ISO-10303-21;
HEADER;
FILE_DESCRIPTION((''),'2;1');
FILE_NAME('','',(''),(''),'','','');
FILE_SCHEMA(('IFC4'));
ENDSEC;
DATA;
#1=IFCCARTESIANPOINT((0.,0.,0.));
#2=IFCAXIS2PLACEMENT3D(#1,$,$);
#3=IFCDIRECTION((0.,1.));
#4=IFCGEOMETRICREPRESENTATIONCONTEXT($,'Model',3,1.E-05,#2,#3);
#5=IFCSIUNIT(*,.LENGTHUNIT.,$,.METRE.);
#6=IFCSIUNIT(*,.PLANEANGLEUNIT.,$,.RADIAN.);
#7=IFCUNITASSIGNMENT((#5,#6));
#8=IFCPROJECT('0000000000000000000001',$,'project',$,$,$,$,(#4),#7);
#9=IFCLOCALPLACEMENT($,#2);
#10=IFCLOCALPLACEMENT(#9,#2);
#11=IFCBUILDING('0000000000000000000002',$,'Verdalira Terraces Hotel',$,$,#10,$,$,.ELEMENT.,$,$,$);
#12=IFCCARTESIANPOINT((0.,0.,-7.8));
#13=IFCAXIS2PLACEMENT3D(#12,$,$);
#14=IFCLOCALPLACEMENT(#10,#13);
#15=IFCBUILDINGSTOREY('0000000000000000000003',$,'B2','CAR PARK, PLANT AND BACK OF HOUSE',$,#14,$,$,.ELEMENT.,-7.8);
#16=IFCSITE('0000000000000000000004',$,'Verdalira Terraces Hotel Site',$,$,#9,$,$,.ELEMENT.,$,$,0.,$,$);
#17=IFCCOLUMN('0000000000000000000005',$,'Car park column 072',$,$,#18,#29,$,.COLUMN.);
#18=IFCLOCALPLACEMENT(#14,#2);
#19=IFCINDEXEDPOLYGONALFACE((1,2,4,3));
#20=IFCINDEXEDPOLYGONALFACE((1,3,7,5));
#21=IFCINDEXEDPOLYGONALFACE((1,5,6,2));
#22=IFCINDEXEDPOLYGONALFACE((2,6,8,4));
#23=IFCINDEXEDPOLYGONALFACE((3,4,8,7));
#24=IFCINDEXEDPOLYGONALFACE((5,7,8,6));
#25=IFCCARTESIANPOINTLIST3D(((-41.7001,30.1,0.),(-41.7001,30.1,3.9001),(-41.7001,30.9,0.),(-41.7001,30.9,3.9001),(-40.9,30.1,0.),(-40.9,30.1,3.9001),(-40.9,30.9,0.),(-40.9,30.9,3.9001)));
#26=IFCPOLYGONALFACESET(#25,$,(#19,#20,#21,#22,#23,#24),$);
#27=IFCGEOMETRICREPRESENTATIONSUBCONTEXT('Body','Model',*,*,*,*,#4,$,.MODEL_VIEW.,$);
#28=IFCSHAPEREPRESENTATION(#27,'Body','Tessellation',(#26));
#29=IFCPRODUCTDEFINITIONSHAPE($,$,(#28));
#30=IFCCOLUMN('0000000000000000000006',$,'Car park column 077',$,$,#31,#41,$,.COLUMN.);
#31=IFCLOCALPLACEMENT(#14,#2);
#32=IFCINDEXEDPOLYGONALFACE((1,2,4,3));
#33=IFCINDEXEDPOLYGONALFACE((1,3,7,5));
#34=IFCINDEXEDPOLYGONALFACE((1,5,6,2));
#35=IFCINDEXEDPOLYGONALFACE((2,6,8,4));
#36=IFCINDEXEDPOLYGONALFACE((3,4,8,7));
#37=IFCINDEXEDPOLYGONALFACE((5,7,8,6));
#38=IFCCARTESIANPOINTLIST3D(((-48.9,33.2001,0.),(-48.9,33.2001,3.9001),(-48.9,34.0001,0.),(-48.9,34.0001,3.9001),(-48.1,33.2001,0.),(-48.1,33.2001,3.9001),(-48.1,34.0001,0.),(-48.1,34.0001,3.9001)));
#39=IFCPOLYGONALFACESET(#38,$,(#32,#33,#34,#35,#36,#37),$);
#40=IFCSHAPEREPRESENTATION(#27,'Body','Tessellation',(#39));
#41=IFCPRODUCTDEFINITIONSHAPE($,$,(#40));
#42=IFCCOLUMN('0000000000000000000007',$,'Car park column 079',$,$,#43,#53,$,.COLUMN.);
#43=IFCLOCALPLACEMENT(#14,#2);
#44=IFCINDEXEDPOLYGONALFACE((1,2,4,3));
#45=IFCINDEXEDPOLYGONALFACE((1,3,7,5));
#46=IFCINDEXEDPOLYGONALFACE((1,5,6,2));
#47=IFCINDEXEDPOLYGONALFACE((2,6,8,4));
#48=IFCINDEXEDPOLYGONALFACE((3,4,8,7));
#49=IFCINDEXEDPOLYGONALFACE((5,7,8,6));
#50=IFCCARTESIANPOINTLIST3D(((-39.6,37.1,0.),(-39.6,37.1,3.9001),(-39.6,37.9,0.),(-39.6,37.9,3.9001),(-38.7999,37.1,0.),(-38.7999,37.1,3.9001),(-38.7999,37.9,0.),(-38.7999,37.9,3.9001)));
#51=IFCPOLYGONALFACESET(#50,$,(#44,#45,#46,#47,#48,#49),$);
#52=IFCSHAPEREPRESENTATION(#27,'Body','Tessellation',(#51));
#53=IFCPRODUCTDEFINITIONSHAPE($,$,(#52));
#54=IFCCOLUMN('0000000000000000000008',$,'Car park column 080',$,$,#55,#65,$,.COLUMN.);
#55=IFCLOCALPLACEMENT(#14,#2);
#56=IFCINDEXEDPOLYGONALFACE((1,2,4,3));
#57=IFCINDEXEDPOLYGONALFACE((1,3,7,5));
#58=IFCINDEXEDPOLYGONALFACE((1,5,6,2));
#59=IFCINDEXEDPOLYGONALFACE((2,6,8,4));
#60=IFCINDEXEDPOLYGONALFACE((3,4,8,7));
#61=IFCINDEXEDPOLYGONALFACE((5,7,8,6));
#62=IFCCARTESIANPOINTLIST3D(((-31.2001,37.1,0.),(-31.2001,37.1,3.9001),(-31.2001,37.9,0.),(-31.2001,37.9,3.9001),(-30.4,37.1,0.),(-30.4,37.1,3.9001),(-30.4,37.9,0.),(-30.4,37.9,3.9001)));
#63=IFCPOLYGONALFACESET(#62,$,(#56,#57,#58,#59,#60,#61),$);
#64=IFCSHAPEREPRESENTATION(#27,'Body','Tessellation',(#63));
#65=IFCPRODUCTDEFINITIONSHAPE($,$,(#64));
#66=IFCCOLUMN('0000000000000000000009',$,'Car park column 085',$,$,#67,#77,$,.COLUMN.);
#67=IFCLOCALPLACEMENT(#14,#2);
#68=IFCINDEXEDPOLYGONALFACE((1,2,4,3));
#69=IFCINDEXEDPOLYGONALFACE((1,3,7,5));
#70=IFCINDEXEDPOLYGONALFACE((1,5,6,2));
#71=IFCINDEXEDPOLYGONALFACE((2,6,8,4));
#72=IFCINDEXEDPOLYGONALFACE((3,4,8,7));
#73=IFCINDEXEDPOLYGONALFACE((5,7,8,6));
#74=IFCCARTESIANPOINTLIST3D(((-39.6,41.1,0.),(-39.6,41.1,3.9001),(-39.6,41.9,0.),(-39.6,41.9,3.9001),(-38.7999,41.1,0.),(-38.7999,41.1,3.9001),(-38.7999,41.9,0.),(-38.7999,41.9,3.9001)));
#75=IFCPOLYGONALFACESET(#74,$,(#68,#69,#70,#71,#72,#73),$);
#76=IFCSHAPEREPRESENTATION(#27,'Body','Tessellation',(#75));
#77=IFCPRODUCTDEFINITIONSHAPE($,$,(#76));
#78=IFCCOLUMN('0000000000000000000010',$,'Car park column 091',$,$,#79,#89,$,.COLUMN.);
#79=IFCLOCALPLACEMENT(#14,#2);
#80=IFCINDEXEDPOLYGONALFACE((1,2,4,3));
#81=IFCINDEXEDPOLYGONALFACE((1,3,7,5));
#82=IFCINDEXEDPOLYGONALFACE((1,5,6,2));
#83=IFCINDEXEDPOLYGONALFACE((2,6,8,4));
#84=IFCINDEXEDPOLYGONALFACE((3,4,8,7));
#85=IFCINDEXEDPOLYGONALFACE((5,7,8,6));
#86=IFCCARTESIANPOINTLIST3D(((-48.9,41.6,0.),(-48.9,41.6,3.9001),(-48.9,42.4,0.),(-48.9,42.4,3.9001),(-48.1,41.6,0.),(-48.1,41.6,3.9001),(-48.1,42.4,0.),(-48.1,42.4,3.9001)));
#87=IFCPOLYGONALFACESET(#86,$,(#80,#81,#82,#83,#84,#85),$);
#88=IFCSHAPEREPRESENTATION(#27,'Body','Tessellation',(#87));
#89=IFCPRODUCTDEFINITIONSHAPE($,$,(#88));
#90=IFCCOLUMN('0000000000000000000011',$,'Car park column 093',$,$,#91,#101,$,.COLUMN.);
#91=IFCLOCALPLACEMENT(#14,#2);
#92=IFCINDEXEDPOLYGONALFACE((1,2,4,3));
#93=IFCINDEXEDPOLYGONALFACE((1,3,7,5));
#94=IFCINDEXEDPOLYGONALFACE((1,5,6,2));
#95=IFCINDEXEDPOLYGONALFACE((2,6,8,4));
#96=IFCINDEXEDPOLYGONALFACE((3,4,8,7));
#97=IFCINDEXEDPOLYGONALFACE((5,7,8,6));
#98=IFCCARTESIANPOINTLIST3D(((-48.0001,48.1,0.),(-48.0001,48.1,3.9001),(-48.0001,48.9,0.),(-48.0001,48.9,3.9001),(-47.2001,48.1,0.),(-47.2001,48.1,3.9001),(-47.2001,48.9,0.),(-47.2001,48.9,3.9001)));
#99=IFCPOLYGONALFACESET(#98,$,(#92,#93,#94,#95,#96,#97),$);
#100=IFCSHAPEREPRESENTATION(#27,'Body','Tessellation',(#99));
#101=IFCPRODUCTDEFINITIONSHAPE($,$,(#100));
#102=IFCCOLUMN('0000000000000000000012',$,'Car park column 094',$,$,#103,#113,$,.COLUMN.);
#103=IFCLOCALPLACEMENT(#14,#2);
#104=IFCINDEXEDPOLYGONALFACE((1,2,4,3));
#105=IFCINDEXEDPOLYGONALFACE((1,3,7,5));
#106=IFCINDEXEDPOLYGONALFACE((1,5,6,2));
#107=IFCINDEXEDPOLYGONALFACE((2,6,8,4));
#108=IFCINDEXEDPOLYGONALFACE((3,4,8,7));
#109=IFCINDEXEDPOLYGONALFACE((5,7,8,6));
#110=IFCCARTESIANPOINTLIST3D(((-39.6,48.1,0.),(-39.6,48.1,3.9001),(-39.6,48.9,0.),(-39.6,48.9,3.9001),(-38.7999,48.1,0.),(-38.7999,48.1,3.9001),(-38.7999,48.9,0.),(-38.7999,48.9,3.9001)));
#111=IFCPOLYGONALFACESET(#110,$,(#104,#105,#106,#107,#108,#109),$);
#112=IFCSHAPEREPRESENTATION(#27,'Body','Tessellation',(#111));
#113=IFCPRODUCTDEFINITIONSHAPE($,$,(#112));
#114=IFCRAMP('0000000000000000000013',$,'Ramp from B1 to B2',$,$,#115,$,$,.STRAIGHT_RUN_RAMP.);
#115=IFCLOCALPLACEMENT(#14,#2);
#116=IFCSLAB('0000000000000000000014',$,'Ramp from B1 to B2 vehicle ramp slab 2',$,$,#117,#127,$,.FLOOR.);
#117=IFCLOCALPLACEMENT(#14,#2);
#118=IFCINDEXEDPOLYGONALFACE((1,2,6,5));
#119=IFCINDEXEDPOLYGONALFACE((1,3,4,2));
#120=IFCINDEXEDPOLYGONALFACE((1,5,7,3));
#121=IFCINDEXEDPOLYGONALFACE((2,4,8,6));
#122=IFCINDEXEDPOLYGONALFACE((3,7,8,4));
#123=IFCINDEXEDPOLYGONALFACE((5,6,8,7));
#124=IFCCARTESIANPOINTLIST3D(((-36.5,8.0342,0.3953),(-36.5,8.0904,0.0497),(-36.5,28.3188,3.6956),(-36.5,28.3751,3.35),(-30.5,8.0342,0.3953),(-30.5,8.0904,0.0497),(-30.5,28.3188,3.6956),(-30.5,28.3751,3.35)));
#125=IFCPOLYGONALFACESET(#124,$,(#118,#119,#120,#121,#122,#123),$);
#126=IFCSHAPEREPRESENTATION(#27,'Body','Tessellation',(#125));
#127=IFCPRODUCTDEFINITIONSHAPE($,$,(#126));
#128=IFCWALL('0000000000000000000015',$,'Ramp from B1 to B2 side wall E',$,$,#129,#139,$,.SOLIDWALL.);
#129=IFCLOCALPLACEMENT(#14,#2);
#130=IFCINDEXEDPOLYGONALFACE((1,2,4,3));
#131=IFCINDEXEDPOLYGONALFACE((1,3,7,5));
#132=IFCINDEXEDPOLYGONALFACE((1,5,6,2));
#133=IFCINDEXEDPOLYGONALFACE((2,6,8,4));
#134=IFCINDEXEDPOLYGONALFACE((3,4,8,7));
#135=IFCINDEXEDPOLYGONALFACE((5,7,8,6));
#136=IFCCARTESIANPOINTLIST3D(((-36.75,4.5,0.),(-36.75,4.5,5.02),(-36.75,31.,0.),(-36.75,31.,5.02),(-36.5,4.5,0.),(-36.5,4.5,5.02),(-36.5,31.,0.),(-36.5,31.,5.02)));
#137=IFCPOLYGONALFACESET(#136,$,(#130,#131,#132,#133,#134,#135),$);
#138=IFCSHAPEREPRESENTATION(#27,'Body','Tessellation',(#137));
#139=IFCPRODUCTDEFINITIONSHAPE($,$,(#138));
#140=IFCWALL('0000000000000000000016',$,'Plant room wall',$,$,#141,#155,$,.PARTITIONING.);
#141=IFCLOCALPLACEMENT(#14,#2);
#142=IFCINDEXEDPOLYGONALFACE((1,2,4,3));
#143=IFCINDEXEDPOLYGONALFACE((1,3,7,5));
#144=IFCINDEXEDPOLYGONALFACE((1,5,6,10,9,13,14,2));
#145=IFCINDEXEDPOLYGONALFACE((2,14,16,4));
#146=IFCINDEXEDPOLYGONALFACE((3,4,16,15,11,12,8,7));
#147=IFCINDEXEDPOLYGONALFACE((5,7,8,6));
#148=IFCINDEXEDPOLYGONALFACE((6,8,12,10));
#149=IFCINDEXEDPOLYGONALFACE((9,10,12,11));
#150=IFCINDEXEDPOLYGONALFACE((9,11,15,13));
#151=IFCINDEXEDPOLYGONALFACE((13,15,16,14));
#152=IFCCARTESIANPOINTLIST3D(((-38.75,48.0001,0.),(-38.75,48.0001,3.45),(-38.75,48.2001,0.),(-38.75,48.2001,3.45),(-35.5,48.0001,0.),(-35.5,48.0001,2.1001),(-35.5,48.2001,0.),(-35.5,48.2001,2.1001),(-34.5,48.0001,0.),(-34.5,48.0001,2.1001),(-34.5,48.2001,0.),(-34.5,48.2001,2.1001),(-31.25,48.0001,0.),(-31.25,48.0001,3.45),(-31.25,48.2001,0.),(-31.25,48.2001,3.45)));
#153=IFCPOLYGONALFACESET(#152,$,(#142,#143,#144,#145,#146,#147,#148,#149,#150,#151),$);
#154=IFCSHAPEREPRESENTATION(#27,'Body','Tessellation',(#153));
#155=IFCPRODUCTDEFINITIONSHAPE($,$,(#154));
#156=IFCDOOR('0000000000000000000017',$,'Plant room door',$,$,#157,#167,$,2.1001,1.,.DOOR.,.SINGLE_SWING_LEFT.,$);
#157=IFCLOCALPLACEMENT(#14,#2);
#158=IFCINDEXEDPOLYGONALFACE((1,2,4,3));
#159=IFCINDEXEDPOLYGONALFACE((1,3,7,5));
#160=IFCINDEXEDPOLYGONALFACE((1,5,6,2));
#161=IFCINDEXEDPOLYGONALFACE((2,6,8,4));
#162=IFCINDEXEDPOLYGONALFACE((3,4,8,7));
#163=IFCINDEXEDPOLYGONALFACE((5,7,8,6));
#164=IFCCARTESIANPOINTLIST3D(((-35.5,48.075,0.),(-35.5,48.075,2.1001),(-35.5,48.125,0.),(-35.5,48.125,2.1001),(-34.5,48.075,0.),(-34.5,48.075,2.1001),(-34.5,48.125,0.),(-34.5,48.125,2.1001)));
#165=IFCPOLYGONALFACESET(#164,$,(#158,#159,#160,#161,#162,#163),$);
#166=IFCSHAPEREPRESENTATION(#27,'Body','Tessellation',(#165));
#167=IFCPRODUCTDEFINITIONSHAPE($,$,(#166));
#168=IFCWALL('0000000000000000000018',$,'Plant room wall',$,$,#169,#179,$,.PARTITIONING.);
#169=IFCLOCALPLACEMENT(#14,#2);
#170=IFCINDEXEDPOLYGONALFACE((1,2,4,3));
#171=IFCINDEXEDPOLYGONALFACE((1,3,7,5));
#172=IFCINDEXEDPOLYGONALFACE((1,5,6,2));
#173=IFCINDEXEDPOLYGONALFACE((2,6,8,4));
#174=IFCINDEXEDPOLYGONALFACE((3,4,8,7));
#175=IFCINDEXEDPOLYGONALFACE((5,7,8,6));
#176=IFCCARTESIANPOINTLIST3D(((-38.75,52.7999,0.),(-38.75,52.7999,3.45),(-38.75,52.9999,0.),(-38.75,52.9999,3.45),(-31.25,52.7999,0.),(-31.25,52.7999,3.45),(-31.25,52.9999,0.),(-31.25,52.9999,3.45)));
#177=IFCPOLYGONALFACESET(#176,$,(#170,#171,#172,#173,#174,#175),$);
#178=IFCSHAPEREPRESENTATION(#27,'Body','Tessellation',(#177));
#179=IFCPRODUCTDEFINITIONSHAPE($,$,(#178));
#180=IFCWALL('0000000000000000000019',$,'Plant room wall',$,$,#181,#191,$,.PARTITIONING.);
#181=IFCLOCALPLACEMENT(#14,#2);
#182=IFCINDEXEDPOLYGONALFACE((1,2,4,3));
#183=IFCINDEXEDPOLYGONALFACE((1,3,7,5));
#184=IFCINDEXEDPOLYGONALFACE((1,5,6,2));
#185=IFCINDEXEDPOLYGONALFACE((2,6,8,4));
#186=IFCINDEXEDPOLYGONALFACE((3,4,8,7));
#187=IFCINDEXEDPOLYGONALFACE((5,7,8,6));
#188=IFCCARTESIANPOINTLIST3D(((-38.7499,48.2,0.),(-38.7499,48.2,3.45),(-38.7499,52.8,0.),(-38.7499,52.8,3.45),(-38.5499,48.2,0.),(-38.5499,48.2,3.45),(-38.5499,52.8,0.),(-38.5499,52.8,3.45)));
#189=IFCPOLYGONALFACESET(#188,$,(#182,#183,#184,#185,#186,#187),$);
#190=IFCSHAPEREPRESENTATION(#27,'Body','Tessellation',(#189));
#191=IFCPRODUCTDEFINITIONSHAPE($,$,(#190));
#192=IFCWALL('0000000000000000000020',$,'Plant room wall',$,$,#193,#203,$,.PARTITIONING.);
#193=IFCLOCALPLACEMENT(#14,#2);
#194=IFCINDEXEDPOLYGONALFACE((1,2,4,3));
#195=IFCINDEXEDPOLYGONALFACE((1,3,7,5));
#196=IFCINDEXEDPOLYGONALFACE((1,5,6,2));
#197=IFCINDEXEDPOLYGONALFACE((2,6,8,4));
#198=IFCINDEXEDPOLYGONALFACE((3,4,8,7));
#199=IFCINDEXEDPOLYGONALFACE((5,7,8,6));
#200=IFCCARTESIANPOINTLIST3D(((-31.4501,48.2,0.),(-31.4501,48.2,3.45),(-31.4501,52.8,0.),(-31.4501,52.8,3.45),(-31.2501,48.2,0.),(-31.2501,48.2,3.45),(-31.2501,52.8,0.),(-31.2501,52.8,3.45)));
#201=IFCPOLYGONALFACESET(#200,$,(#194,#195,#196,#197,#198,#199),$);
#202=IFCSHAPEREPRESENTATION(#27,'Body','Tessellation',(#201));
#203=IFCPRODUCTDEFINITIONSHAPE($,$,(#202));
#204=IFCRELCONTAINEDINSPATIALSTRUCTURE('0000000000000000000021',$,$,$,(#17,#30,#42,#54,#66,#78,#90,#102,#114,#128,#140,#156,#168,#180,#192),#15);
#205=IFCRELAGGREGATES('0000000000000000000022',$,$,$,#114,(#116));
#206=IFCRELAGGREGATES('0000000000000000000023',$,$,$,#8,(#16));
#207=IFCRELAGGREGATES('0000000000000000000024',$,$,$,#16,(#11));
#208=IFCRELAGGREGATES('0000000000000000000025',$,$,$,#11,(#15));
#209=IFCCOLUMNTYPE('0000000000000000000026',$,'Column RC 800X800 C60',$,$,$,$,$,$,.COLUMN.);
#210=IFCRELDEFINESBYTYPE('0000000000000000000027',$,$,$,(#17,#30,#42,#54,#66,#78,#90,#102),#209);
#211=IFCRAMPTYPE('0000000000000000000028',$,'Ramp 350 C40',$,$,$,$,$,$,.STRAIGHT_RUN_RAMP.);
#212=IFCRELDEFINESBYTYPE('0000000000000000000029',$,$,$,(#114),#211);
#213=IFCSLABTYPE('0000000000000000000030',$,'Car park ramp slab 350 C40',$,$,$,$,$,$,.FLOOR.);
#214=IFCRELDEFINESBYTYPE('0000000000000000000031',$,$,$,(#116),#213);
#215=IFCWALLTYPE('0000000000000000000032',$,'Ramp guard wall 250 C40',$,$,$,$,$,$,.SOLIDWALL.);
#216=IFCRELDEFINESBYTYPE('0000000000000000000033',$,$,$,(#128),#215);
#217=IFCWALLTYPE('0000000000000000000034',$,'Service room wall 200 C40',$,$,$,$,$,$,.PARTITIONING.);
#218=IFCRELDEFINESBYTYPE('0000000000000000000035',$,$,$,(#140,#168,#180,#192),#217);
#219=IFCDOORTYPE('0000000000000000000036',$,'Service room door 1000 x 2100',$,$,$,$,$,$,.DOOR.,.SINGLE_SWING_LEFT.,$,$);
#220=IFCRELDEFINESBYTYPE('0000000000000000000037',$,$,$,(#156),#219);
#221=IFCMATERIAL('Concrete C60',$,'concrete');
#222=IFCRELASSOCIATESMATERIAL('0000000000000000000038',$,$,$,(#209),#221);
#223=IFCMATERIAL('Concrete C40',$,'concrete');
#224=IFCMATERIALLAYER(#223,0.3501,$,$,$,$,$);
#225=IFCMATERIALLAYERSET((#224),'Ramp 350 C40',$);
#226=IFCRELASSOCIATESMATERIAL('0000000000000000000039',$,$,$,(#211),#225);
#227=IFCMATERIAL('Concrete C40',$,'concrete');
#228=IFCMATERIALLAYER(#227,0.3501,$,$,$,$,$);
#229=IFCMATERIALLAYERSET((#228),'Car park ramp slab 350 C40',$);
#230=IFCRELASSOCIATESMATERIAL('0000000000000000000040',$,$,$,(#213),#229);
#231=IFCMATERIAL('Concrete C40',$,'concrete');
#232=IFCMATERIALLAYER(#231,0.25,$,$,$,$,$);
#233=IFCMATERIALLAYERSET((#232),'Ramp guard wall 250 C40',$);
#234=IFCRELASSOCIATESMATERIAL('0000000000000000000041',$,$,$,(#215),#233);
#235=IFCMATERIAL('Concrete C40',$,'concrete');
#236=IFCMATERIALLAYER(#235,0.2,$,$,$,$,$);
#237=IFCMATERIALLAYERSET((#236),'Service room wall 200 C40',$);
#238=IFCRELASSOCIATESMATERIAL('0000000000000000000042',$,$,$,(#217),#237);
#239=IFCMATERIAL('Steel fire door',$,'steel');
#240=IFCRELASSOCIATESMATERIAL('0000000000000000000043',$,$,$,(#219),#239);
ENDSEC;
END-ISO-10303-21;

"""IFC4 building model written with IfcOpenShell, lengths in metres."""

from ifc_helpers import new_model, si_unit, direction, frame, frame_2d, origin, origin_2d, place, context, subcontext, project, spatial, polyline, rectangle, outline, extrude, material, layer, layer_set, material_profile, profile_set, type_object, element, fill, aggregate, save


model = new_model("IFC4")

# Units and contexts
model_context = context("Model", 3, precision=1e-05, world=origin(), true_north=direction((0.0, 1.0)))
body_context = subcontext(model_context, "Body", "Model", "MODEL_VIEW")
ifc_project = project(units=[si_unit("LENGTHUNIT", "METRE"), si_unit("PLANEANGLEUNIT", "RADIAN")], contexts=[model_context])

# Site, building, storey
site_placement = place(None, origin())
site = spatial("IfcSite", under=ifc_project, at=site_placement, Name="Verdalira Terraces Hotel Site", CompositionType="ELEMENT", RefElevation=0.0)
building_placement = place(site_placement, origin())
building = spatial("IfcBuilding", under=site, at=building_placement, Name="Verdalira Terraces Hotel", CompositionType="ELEMENT")
storey_placement = place(building_placement, frame((0.0, 0.0, -7.8)))
storey = spatial("IfcBuildingStorey", under=building, at=storey_placement, Name="B2", Description="CAR PARK, PLANT AND BACK OF HOUSE", CompositionType="ELEMENT", Elevation=-7.8)

# Columns
ifc_material_1 = material(Name="Concrete C60", Category="concrete")
ifc_material_profile = material_profile(ifc_material_1, rectangle(XDim=0.8, YDim=0.8, at=origin_2d()), Name="RC 800X800")
ifc_profile_set = profile_set([ifc_material_profile], Name="Concrete C60")
column_type = type_object("IfcColumnType", Name="Column RC 800X800 C60", PredefinedType="COLUMN", material=ifc_profile_set)
for number, where, z_axis, x_axis, name in (
    (1, (-41.3, 30.5, 0.0), (0.0, 0.0, 1.0), (1.0, 0.0, 0.0), "Car park column 072"),
    (2, (-48.5, 33.6001, 0.0), (0.0, 0.0, 1.0), (1.0, 0.0, 0.0), "Car park column 077"),
    (3, (-39.2, 37.5, 0.0), (0.0, 0.0, 1.0), (1.0, 0.0, 0.0), "Car park column 079"),
    (4, (-30.8, 37.5, 0.0), (0.0, 0.0, 1.0), (1.0, 0.0, 0.0), "Car park column 080"),
    (5, (-39.2, 41.5, 0.0), (0.0, 0.0, 1.0), (1.0, 0.0, 0.0), "Car park column 085"),
    (6, (-48.5, 42.0, 0.0), (0.0, 0.0, 1.0), (1.0, 0.0, 0.0), "Car park column 091"),
    (7, (-47.6001, 48.5, 0.0), (0.0, 0.0, 1.0), (1.0, 0.0, 0.0), "Car park column 093"),
    (8, (-39.2, 48.5, 0.0), (0.0, 0.0, 1.0), (1.0, 0.0, 0.0), "Car park column 094"),
):
    element("IfcColumn", number, at=place(storey_placement, frame(where, z_axis=z_axis, x_axis=x_axis)), inside=storey, type_object=column_type, Name=name, PredefinedType="COLUMN", context=body_context, shape_type="SweptSolid", body=[
        extrude(rectangle(XDim=0.8, YDim=0.8, at=origin_2d()), origin(), (0.0, 0.0, 1.0), 3.9001),
    ])

# Ramp, slab
ifc_material_2 = material(Name="Concrete C40", Category="concrete")
ifc_layer_1 = layer(ifc_material_2, 0.3501)
ifc_layer_set_1 = layer_set([ifc_layer_1], Name="Ramp 350 C40")
ramp_type = type_object("IfcRampType", Name="Ramp 350 C40", PredefinedType="STRAIGHT_RUN_RAMP", material=ifc_layer_set_1)
ramp_placement = place(storey_placement, origin())
ramp = element("IfcRamp", 9, at=ramp_placement, inside=storey, type_object=ramp_type, Name="Ramp from B1 to B2", PredefinedType="STRAIGHT_RUN_RAMP")
ifc_material_3 = material(Name="Concrete C40", Category="concrete")
ifc_layer_2 = layer(ifc_material_3, 0.3501)
ifc_layer_set_2 = layer_set([ifc_layer_2], Name="Car park ramp slab 350 C40")
slab_type = type_object("IfcSlabType", Name="Car park ramp slab 350 C40", PredefinedType="FLOOR", material=ifc_layer_set_2)
slab_placement = place(storey_placement, frame((-36.5, 28.3188, 3.6956), z_axis=(0.0, -0.160587, 0.987022), x_axis=(1.0, 0.0, 0.0)))
slab = element("IfcSlab", 10, at=slab_placement, type_object=slab_type, Name="Ramp from B1 to B2 vehicle ramp slab 2", PredefinedType="FLOOR", context=body_context, shape_type="SweptSolid", body=[
    extrude(outline(polyline([(0.0, 0.0), (6.0, 0.0), (6.0, -20.5514), (0.0, -20.5514), (0.0, 0.0)])), origin(), (0.0, 0.0, -1.0), 0.3501),
])
aggregate(ramp, [slab])

# Wall
ifc_material_4 = material(Name="Concrete C40", Category="concrete")
ifc_layer_3 = layer(ifc_material_4, 0.25)
ifc_layer_set_3 = layer_set([ifc_layer_3], Name="Ramp guard wall 250 C40")
wall_type_1 = type_object("IfcWallType", Name="Ramp guard wall 250 C40", PredefinedType="SOLIDWALL", material=ifc_layer_set_3)
wall_1_placement = place(storey_placement, frame((-36.625, 31.0, 0.0), z_axis=(0.0, 0.0, 1.0), x_axis=(0.0, -1.0, 0.0)))
element("IfcWall", 11, at=wall_1_placement, inside=storey, type_object=wall_type_1, Name="Ramp from B1 to B2 side wall E", PredefinedType="SOLIDWALL", context=body_context, shape_type="SweptSolid", body=[
    extrude(rectangle(XDim=26.5, YDim=0.25, at=frame_2d((13.25, 0.0))), origin(), (0.0, 0.0, 1.0), 5.02),
])

# Wall, opening, door
ifc_material_5 = material(Name="Concrete C40", Category="concrete")
ifc_layer_4 = layer(ifc_material_5, 0.2)
ifc_layer_set_4 = layer_set([ifc_layer_4], Name="Service room wall 200 C40")
wall_type_2 = type_object("IfcWallType", Name="Service room wall 200 C40", PredefinedType="PARTITIONING", material=ifc_layer_set_4)
wall_2_placement = place(storey_placement, frame((-38.75, 48.1001, 0.0), z_axis=(0.0, 0.0, 1.0), x_axis=(1.0, 0.0, 0.0)))
wall_2 = element("IfcWall", 12, at=wall_2_placement, inside=storey, type_object=wall_type_2, Name="Plant room wall", PredefinedType="PARTITIONING", context=body_context, shape_type="SweptSolid", body=[
    extrude(rectangle(XDim=7.5, YDim=0.2, at=frame_2d((3.75, 0.0))), origin(), (0.0, 0.0, 1.0), 3.45),
])
opening_placement = place(wall_2_placement, frame((3.25, 0.0, 0.0)))
opening = element("IfcOpeningElement", 13, at=opening_placement, cuts=wall_2, PredefinedType="OPENING", context=body_context, shape_type="SweptSolid", body=[
    extrude(rectangle(XDim=1.0, YDim=2.1001, at=frame_2d((0.5, 1.05))), frame((0.0, 0.1099, 0.0), z_axis=(0.0, -1.0, 0.0), x_axis=(1.0, 0.0, 0.0)), (0.0, 0.0, 1.0), 0.22),
])
ifc_material_6 = material(Name="Steel fire door", Category="steel")
door_type = type_object("IfcDoorType", Name="Service room door 1000 x 2100", OperationType="SINGLE_SWING_LEFT", PredefinedType="DOOR", material=ifc_material_6)
door_placement = place(opening_placement, origin())
door = element("IfcDoor", 14, at=door_placement, inside=storey, type_object=door_type, Name="Plant room door", OperationType="SINGLE_SWING_LEFT", OverallHeight=2.1001, OverallWidth=1.0, PredefinedType="DOOR", context=body_context, shape_type="SweptSolid", body=[
    extrude(rectangle(XDim=1.0, YDim=2.1001, at=frame_2d((0.5, 1.05))), frame((0.0, 0.0249, 0.0), z_axis=(0.0, -1.0, 0.0), x_axis=(1.0, 0.0, 0.0)), (0.0, 0.0, 1.0), 0.05),
])
fill(opening, door)

# Walls
wall_3_placement = place(storey_placement, frame((-38.75, 52.8999, 0.0), z_axis=(0.0, 0.0, 1.0), x_axis=(1.0, 0.0, 0.0)))
element("IfcWall", 15, at=wall_3_placement, inside=storey, type_object=wall_type_2, Name="Plant room wall", PredefinedType="PARTITIONING", context=body_context, shape_type="SweptSolid", body=[
    extrude(rectangle(XDim=7.5, YDim=0.2, at=frame_2d((3.75, 0.0))), origin(), (0.0, 0.0, 1.0), 3.45),
])
for number, where, z_axis, x_axis, name in (
    (16, (-38.6499, 48.2, 0.0), (0.0, 0.0, 1.0), (0.0, 1.0, 0.0), "Plant room wall"),
    (17, (-31.3501, 48.2, 0.0), (0.0, 0.0, 1.0), (0.0, 1.0, 0.0), "Plant room wall"),
):
    element("IfcWall", number, at=place(storey_placement, frame(where, z_axis=z_axis, x_axis=x_axis)), inside=storey, type_object=wall_type_2, Name=name, PredefinedType="PARTITIONING", context=body_context, shape_type="SweptSolid", body=[
        extrude(rectangle(XDim=4.6001, YDim=0.2, at=frame_2d((2.3, 0.0))), origin(), (0.0, 0.0, 1.0), 3.45),
    ])

save(model, "model.ifc")
